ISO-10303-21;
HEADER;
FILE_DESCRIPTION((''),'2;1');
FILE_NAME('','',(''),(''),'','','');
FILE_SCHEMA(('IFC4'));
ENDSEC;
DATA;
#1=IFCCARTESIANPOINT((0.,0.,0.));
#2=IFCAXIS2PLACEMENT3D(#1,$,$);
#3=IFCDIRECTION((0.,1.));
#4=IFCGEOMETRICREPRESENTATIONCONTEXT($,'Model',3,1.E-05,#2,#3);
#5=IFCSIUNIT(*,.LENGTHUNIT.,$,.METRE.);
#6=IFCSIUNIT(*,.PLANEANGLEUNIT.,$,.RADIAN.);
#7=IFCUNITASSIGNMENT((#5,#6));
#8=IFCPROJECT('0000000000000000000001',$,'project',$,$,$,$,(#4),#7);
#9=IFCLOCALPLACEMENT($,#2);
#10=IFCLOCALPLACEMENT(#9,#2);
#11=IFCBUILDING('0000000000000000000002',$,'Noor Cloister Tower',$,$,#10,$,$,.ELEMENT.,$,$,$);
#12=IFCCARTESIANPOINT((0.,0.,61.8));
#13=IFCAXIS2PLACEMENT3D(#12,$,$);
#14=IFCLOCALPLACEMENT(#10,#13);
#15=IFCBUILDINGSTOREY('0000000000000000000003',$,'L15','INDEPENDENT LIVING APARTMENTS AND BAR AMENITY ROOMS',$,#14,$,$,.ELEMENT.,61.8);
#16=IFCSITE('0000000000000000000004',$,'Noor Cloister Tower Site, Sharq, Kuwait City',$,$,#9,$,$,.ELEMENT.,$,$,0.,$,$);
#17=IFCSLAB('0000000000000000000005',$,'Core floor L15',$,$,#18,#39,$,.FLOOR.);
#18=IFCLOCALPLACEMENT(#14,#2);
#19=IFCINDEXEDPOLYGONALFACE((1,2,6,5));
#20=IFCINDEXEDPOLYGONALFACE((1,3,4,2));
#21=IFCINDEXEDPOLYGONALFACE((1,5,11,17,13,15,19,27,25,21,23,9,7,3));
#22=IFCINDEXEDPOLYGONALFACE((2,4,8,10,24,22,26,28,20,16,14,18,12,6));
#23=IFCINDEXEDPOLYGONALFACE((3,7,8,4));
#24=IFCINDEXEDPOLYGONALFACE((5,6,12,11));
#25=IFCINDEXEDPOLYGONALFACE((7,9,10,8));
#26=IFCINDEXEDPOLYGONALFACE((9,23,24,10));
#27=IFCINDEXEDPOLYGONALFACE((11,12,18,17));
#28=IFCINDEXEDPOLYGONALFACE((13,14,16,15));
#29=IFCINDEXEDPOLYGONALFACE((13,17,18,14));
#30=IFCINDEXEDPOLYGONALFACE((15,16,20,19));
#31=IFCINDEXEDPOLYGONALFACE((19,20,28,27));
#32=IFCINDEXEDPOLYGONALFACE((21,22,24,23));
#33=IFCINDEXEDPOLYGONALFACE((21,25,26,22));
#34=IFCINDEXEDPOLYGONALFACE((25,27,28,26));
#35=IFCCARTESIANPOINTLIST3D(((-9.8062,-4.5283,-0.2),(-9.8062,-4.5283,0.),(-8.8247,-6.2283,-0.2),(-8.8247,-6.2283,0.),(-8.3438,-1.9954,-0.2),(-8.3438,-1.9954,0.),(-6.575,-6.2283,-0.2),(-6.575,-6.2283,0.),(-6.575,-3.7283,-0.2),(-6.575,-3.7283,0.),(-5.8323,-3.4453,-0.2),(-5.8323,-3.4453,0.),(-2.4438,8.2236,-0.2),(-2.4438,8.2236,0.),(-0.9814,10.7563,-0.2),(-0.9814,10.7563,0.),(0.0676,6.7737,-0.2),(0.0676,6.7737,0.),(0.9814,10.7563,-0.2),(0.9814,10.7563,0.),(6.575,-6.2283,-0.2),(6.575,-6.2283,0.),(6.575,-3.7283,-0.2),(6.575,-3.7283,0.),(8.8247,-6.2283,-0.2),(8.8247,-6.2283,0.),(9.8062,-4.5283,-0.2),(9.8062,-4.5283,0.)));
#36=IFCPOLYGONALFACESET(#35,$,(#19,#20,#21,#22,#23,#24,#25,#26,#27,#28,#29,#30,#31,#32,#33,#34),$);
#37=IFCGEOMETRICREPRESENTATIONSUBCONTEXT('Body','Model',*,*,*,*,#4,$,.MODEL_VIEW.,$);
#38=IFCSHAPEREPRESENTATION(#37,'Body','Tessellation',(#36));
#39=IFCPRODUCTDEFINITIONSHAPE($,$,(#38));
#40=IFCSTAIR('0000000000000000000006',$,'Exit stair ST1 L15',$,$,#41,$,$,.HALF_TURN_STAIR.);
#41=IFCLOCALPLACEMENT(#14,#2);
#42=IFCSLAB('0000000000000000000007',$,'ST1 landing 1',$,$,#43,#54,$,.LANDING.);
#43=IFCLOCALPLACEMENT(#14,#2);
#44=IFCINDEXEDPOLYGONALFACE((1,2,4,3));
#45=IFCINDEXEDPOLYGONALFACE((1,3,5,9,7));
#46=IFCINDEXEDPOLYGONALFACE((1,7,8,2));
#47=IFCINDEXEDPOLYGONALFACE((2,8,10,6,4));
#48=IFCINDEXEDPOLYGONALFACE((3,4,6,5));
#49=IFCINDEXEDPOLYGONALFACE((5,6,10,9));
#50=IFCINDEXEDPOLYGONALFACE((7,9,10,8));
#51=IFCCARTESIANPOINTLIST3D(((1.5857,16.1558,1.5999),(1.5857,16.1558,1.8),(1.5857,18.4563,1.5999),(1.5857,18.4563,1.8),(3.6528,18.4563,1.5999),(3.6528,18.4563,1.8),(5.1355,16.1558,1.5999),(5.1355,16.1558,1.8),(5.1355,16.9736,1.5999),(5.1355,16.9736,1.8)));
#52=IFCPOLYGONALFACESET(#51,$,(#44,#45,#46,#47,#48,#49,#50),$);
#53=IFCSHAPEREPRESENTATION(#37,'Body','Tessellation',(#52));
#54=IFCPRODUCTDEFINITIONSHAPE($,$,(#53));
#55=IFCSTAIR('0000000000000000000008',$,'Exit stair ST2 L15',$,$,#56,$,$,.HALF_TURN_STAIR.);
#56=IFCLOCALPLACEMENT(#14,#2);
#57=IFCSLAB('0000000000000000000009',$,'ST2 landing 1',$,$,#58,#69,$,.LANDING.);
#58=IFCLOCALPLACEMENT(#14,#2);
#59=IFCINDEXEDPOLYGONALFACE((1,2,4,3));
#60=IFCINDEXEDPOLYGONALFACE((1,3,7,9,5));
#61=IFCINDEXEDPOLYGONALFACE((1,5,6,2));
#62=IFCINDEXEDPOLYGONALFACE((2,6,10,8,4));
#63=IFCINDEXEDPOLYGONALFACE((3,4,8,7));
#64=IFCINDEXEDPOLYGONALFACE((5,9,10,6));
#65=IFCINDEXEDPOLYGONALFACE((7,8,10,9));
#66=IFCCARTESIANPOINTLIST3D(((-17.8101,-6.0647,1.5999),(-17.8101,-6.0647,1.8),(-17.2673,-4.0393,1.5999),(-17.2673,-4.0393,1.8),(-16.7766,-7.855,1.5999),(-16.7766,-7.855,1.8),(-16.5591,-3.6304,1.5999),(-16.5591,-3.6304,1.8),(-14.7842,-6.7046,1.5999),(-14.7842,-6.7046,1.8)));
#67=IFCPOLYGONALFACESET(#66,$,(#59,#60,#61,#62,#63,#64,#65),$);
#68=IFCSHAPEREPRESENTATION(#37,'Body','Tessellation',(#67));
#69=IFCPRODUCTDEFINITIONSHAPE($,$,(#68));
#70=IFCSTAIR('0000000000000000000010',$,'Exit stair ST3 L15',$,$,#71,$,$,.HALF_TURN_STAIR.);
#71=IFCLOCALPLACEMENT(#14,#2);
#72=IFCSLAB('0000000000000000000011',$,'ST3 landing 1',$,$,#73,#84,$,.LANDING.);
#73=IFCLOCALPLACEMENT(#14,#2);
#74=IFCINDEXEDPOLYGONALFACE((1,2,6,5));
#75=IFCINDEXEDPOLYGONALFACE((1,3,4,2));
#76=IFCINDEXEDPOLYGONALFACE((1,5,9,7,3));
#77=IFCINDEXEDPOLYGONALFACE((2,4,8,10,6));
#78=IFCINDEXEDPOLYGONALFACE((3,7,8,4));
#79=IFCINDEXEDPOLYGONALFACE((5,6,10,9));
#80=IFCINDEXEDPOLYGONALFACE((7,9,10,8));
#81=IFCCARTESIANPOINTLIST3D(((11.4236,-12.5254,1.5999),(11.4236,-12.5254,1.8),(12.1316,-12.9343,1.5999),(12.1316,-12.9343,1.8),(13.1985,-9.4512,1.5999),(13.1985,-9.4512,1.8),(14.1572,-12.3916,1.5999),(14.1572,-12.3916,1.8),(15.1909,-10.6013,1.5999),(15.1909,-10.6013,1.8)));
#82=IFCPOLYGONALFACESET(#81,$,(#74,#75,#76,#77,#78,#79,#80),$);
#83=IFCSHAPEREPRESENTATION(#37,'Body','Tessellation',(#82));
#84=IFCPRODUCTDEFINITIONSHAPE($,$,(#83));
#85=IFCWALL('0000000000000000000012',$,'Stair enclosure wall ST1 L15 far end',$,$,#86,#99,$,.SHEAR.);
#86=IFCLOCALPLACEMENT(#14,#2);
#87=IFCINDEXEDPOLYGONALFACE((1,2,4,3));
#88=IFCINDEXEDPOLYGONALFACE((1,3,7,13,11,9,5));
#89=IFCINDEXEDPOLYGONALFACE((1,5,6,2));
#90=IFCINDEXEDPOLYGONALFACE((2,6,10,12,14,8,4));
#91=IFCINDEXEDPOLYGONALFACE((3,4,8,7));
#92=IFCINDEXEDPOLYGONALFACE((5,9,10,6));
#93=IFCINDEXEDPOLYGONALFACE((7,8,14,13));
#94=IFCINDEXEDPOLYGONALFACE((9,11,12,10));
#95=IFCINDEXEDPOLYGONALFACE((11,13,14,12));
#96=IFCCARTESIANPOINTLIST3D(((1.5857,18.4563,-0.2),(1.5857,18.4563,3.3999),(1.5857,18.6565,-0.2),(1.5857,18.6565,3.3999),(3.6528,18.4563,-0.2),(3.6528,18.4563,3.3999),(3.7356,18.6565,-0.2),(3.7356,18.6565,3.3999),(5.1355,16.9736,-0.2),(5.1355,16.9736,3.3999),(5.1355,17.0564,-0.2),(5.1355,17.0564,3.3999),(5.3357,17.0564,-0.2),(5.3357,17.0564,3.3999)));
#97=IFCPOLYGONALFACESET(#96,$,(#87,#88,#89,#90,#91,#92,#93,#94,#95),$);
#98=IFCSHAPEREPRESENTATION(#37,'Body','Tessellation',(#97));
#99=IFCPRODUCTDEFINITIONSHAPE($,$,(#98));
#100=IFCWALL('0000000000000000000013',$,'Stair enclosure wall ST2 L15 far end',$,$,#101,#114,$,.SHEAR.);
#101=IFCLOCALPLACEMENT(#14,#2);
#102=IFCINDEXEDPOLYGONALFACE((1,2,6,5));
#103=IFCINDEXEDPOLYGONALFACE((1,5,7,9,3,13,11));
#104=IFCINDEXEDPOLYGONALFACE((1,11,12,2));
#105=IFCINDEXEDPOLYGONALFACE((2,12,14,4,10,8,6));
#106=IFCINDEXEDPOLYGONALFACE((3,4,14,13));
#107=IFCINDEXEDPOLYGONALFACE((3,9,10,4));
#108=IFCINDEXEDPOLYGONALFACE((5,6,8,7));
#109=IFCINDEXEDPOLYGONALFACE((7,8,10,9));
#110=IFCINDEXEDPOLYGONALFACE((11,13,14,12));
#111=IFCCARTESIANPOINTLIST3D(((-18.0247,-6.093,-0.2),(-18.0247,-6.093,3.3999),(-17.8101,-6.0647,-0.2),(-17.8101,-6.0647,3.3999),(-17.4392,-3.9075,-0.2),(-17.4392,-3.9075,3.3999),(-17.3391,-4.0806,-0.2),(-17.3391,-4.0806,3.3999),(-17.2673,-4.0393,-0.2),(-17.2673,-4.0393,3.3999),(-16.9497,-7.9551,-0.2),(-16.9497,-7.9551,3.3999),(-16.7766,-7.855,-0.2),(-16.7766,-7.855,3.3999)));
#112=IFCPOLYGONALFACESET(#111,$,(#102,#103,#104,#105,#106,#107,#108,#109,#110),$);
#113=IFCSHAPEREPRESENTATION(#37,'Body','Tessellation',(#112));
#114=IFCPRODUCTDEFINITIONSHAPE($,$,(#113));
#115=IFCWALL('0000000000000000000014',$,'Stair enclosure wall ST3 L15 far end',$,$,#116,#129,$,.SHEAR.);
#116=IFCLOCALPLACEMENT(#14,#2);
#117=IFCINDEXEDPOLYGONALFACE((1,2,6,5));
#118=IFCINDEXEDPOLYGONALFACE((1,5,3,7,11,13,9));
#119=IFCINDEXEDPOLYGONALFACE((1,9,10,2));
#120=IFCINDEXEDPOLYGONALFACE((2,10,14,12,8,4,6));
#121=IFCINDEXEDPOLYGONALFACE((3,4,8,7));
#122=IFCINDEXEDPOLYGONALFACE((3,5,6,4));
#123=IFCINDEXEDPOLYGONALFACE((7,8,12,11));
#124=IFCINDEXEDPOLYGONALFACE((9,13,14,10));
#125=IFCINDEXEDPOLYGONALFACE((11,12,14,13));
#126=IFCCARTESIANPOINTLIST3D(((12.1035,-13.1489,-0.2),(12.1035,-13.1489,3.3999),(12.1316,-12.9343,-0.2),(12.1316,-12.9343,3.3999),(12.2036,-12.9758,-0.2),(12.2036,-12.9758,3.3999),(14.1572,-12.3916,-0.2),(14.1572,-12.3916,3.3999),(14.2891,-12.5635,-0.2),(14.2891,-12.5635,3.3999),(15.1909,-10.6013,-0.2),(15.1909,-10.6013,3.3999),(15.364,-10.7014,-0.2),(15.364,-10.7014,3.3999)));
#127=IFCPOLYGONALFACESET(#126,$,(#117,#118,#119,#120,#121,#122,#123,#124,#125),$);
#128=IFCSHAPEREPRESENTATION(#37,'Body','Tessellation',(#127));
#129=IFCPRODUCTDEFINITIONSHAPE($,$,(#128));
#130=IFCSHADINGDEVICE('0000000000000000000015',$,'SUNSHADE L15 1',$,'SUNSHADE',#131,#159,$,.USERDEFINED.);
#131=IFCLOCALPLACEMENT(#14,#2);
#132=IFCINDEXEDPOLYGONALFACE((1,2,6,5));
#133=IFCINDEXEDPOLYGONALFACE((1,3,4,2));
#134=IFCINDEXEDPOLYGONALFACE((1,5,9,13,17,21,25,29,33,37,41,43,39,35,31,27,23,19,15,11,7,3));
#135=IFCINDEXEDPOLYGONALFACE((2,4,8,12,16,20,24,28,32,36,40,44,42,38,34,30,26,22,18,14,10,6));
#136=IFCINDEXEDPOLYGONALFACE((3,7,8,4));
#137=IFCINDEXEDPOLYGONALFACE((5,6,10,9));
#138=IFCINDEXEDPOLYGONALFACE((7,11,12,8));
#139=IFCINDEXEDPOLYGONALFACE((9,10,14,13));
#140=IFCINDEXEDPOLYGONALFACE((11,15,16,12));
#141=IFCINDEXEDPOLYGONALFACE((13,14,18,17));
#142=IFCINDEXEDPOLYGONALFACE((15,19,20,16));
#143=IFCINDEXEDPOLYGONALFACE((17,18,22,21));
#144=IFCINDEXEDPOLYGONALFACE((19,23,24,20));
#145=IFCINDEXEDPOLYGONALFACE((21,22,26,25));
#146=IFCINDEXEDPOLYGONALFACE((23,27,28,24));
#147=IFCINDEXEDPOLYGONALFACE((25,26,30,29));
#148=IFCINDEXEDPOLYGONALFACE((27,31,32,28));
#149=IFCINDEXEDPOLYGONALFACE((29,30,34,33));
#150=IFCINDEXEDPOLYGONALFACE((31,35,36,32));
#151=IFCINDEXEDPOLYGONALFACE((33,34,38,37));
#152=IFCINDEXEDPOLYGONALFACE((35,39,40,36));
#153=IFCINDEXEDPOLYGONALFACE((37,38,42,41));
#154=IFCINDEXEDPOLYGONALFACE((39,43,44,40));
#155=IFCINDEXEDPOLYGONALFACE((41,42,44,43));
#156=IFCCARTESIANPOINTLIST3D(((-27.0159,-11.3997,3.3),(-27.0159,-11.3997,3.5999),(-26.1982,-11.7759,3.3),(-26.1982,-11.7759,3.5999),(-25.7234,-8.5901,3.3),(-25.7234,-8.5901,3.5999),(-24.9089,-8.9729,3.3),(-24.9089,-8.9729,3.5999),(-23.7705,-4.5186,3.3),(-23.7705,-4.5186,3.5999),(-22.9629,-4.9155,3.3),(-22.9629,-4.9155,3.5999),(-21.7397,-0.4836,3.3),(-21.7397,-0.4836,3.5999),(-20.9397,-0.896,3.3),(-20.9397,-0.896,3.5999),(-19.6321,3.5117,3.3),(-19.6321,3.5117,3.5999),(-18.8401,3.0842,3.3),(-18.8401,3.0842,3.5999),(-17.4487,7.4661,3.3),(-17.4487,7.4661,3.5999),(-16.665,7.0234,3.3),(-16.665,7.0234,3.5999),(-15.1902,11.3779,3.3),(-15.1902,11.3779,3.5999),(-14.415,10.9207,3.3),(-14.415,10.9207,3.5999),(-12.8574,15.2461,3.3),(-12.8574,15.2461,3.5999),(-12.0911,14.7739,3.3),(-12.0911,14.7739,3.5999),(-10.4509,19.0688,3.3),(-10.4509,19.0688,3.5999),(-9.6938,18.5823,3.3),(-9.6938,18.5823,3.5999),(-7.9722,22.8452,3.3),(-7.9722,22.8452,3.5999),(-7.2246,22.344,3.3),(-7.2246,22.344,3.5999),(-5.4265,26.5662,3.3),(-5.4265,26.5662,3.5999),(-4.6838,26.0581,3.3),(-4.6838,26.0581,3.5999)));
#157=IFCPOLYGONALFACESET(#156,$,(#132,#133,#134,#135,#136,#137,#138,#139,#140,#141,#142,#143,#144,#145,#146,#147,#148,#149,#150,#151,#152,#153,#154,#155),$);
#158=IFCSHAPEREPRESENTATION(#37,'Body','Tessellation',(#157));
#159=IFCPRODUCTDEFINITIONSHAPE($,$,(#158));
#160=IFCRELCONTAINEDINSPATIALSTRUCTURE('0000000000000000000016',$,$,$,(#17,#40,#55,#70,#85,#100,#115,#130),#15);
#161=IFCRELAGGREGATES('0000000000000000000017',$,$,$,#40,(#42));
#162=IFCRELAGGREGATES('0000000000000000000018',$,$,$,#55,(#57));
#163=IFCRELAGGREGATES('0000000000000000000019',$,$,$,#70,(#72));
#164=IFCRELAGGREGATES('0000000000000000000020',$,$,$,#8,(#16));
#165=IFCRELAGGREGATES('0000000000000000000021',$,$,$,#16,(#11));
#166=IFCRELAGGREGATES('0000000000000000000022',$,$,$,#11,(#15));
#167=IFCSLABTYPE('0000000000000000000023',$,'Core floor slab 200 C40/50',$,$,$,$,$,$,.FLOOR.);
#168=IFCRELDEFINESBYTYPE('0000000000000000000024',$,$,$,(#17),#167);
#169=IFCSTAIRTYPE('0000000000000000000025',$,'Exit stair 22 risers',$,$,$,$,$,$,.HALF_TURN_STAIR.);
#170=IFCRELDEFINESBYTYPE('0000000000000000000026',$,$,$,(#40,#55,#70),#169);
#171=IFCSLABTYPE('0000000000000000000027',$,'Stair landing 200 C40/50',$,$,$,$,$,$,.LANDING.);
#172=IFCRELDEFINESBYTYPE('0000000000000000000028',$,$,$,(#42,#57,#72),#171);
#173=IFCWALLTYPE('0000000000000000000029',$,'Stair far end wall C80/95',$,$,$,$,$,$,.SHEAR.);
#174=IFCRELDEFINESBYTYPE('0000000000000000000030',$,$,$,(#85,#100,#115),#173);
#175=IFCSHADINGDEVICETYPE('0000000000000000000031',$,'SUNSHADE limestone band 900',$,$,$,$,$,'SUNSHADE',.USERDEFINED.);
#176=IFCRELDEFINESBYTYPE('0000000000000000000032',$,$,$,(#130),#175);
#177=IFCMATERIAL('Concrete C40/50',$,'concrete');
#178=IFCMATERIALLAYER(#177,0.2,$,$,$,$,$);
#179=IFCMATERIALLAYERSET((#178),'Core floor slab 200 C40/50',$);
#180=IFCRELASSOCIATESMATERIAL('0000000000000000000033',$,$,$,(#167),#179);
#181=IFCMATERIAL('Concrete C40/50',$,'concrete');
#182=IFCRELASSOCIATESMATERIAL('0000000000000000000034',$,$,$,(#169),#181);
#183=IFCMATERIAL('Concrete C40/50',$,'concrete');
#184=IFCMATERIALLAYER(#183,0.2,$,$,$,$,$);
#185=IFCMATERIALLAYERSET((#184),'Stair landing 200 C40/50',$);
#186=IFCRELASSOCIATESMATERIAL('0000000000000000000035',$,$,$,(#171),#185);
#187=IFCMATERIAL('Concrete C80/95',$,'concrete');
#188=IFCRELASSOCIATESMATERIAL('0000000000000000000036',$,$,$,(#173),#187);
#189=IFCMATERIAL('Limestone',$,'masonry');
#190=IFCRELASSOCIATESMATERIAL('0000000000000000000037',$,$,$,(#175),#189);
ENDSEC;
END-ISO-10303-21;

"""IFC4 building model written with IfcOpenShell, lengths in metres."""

from ifc_helpers import new_model, si_unit, direction, frame, origin, place, context, subcontext, project, spatial, polyline, outline, extrude, material, layer, layer_set, type_object, element, aggregate, save


model = new_model("IFC4")

# Units and contexts
model_context = context("Model", 3, precision=1e-05, world=origin(), true_north=direction((0.0, 1.0)))
body_context = subcontext(model_context, "Body", "Model", "MODEL_VIEW")
ifc_project = project(units=[si_unit("LENGTHUNIT", "METRE"), si_unit("PLANEANGLEUNIT", "RADIAN")], contexts=[model_context])

# Site, building, storey
site_placement = place(None, origin())
site = spatial("IfcSite", under=ifc_project, at=site_placement, Name="Noor Cloister Tower Site, Sharq, Kuwait City", CompositionType="ELEMENT", RefElevation=0.0)
building_placement = place(site_placement, origin())
building = spatial("IfcBuilding", under=site, at=building_placement, Name="Noor Cloister Tower", CompositionType="ELEMENT")
storey_placement = place(building_placement, frame((0.0, 0.0, 61.8)))
storey = spatial("IfcBuildingStorey", under=building, at=storey_placement, Name="L15", Description="INDEPENDENT LIVING APARTMENTS AND BAR AMENITY ROOMS", CompositionType="ELEMENT", Elevation=61.8)

# Slab
ifc_material_1 = material(Name="Concrete C40/50", Category="concrete")
ifc_layer_1 = layer(ifc_material_1, 0.2)
ifc_layer_set_1 = layer_set([ifc_layer_1], Name="Core floor slab 200 C40/50")
slab_type_1 = type_object("IfcSlabType", Name="Core floor slab 200 C40/50", PredefinedType="FLOOR", material=ifc_layer_set_1)
slab_1_placement = place(storey_placement, frame((0.0, 0.0, -0.2)))
element("IfcSlab", 1, at=slab_1_placement, inside=storey, type_object=slab_type_1, Name="Core floor L15", PredefinedType="FLOOR", context=body_context, shape_type="SweptSolid", body=[
    extrude(outline(polyline([(-6.575, -6.2283), (-6.575, -3.7283), (6.575, -3.7283), (6.575, -6.2283), (8.8247, -6.2283), (9.8062, -4.5283), (0.9814, 10.7563), (-0.9814, 10.7563), (-2.4438, 8.2236), (0.0676, 6.7737), (-5.8323, -3.4453), (-8.3438, -1.9954), (-9.8062, -4.5283), (-8.8247, -6.2283), (-6.575, -6.2283)])), origin(), (0.0, 0.0, 1.0), 0.2),
])

# Stairs, slabs
ifc_material_2 = material(Name="Concrete C40/50", Category="concrete")
stair_type = type_object("IfcStairType", Name="Exit stair 22 risers", PredefinedType="HALF_TURN_STAIR", material=ifc_material_2)
stair_1_placement = place(storey_placement, origin())
stair_1 = element("IfcStair", 2, at=stair_1_placement, inside=storey, type_object=stair_type, Name="Exit stair ST1 L15", PredefinedType="HALF_TURN_STAIR")
ifc_material_3 = material(Name="Concrete C40/50", Category="concrete")
ifc_layer_2 = layer(ifc_material_3, 0.2)
ifc_layer_set_2 = layer_set([ifc_layer_2], Name="Stair landing 200 C40/50")
slab_type_2 = type_object("IfcSlabType", Name="Stair landing 200 C40/50", PredefinedType="LANDING", material=ifc_layer_set_2)
slab_2_placement = place(storey_placement, frame((0.0, 0.0, 1.5999)))
slab_2 = element("IfcSlab", 3, at=slab_2_placement, type_object=slab_type_2, Name="ST1 landing 1", PredefinedType="LANDING", context=body_context, shape_type="SweptSolid", body=[
    extrude(outline(polyline([(5.1355, 16.1558), (5.1355, 16.9736), (3.6528, 18.4563), (1.5857, 18.4563), (1.5857, 16.1558), (5.1355, 16.1558)])), origin(), (0.0, 0.0, 1.0), 0.2002),
])
aggregate(stair_1, [slab_2])
stair_2_placement = place(storey_placement, origin())
stair_2 = element("IfcStair", 4, at=stair_2_placement, inside=storey, type_object=stair_type, Name="Exit stair ST2 L15", PredefinedType="HALF_TURN_STAIR")
slab_3_placement = place(storey_placement, frame((0.0, 0.0, 1.5999)))
slab_3 = element("IfcSlab", 5, at=slab_3_placement, type_object=slab_type_2, Name="ST2 landing 1", PredefinedType="LANDING", context=body_context, shape_type="SweptSolid", body=[
    extrude(outline(polyline([(-16.5591, -3.6304), (-17.2673, -4.0393), (-17.8101, -6.0647), (-16.7766, -7.855), (-14.7842, -6.7046), (-16.5591, -3.6304)])), origin(), (0.0, 0.0, 1.0), 0.2002),
])
aggregate(stair_2, [slab_3])
stair_3_placement = place(storey_placement, origin())
stair_3 = element("IfcStair", 6, at=stair_3_placement, inside=storey, type_object=stair_type, Name="Exit stair ST3 L15", PredefinedType="HALF_TURN_STAIR")
slab_4_placement = place(storey_placement, frame((0.0, 0.0, 1.5999)))
slab_4 = element("IfcSlab", 7, at=slab_4_placement, type_object=slab_type_2, Name="ST3 landing 1", PredefinedType="LANDING", context=body_context, shape_type="SweptSolid", body=[
    extrude(outline(polyline([(11.4236, -12.5254), (12.1316, -12.9343), (14.1572, -12.3916), (15.1909, -10.6013), (13.1985, -9.4512), (11.4236, -12.5254)])), origin(), (0.0, 0.0, 1.0), 0.2002),
])
aggregate(stair_3, [slab_4])

# Walls
ifc_material_4 = material(Name="Concrete C80/95", Category="concrete")
wall_type = type_object("IfcWallType", Name="Stair far end wall C80/95", PredefinedType="SHEAR", material=ifc_material_4)
wall_1_placement = place(storey_placement, frame((0.0, 0.0, -0.2)))
element("IfcWall", 8, at=wall_1_placement, inside=storey, type_object=wall_type, Name="Stair enclosure wall ST1 L15 far end", PredefinedType="SHEAR", context=body_context, shape_type="SweptSolid", body=[
    extrude(outline(polyline([(5.3357, 17.0564), (3.7356, 18.6565), (1.5857, 18.6565), (1.5857, 18.4563), (3.6528, 18.4563), (5.1355, 16.9736), (5.1355, 17.0564), (5.1355, 17.0564), (5.1355, 17.0564), (5.1355, 17.0564), (5.1355, 17.0564), (5.1355, 17.0564), (5.1355, 17.0564), (5.1355, 17.0564), (5.1355, 17.0564), (5.1355, 17.0564), (5.1355, 17.0564), (5.1355, 17.0564), (5.1355, 17.0564), (5.1355, 17.0564), (5.1355, 17.0564), (5.1355, 17.0564), (5.1355, 17.0564), (5.3357, 17.0564)])), origin(), (0.0, 0.0, 1.0), 3.5999),
])
wall_2_placement = place(storey_placement, frame((0.0, 0.0, -0.2)))
element("IfcWall", 9, at=wall_2_placement, inside=storey, type_object=wall_type, Name="Stair enclosure wall ST2 L15 far end", PredefinedType="SHEAR", context=body_context, shape_type="SweptSolid", body=[
    extrude(outline(polyline([(-17.4392, -3.9075), (-18.0247, -6.093), (-16.9497, -7.9551), (-16.7766, -7.855), (-17.8101, -6.0647), (-17.2673, -4.0393), (-17.3391, -4.0806), (-17.3391, -4.0806), (-17.3391, -4.0806), (-17.3391, -4.0806), (-17.3391, -4.0806), (-17.3391, -4.0806), (-17.3391, -4.0806), (-17.3391, -4.0806), (-17.3391, -4.0806), (-17.3391, -4.0806), (-17.3391, -4.0806), (-17.3391, -4.0806), (-17.3391, -4.0806), (-17.3391, -4.0806), (-17.3391, -4.0806), (-17.3391, -4.0806), (-17.3391, -4.0806), (-17.4392, -3.9075)])), origin(), (0.0, 0.0, 1.0), 3.5999),
])
wall_3_placement = place(storey_placement, frame((0.0, 0.0, -0.2)))
element("IfcWall", 10, at=wall_3_placement, inside=storey, type_object=wall_type, Name="Stair enclosure wall ST3 L15 far end", PredefinedType="SHEAR", context=body_context, shape_type="SweptSolid", body=[
    extrude(outline(polyline([(12.1035, -13.1489), (14.2891, -12.5635), (15.364, -10.7014), (15.1909, -10.6013), (14.1572, -12.3916), (12.1316, -12.9343), (12.2036, -12.9758), (12.2036, -12.9758), (12.2036, -12.9758), (12.2036, -12.9758), (12.2036, -12.9758), (12.2036, -12.9758), (12.2036, -12.9758), (12.2036, -12.9758), (12.2036, -12.9758), (12.2036, -12.9758), (12.2036, -12.9758), (12.2036, -12.9758), (12.2036, -12.9758), (12.2036, -12.9758), (12.2036, -12.9758), (12.2036, -12.9758), (12.2036, -12.9758), (12.1035, -13.1489)])), origin(), (0.0, 0.0, 1.0), 3.5999),
])

# Shading device
ifc_material_5 = material(Name="Limestone", Category="masonry")
shading_device_type = type_object("IfcShadingDeviceType", Name="SUNSHADE limestone band 900", ElementType="SUNSHADE", PredefinedType="USERDEFINED", material=ifc_material_5)
shading_device_1_placement = place(storey_placement, frame((0.0, 0.0, 3.3)))
element("IfcShadingDevice", 11, at=shading_device_1_placement, inside=storey, type_object=shading_device_type, Name="SUNSHADE L15 1", ObjectType="SUNSHADE", PredefinedType="USERDEFINED", context=body_context, shape_type="SweptSolid", body=[
    extrude(outline(polyline([(-5.4265, 26.5662), (-7.9722, 22.8452), (-10.4509, 19.0688), (-12.8574, 15.2461), (-15.1902, 11.3779), (-17.4487, 7.4661), (-19.6321, 3.5117), (-21.7397, -0.4836), (-23.7705, -4.5186), (-25.7234, -8.5901), (-27.0159, -11.3997), (-26.1982, -11.7759), (-24.9089, -8.9729), (-22.9629, -4.9155), (-20.9397, -0.896), (-18.8401, 3.0842), (-16.665, 7.0234), (-14.415, 10.9207), (-12.0911, 14.7739), (-9.6938, 18.5823), (-7.2246, 22.344), (-4.6838, 26.0581), (-5.4265, 26.5662)])), origin(), (0.0, 0.0, 1.0), 0.2998),
])

save(model, "model.ifc")
